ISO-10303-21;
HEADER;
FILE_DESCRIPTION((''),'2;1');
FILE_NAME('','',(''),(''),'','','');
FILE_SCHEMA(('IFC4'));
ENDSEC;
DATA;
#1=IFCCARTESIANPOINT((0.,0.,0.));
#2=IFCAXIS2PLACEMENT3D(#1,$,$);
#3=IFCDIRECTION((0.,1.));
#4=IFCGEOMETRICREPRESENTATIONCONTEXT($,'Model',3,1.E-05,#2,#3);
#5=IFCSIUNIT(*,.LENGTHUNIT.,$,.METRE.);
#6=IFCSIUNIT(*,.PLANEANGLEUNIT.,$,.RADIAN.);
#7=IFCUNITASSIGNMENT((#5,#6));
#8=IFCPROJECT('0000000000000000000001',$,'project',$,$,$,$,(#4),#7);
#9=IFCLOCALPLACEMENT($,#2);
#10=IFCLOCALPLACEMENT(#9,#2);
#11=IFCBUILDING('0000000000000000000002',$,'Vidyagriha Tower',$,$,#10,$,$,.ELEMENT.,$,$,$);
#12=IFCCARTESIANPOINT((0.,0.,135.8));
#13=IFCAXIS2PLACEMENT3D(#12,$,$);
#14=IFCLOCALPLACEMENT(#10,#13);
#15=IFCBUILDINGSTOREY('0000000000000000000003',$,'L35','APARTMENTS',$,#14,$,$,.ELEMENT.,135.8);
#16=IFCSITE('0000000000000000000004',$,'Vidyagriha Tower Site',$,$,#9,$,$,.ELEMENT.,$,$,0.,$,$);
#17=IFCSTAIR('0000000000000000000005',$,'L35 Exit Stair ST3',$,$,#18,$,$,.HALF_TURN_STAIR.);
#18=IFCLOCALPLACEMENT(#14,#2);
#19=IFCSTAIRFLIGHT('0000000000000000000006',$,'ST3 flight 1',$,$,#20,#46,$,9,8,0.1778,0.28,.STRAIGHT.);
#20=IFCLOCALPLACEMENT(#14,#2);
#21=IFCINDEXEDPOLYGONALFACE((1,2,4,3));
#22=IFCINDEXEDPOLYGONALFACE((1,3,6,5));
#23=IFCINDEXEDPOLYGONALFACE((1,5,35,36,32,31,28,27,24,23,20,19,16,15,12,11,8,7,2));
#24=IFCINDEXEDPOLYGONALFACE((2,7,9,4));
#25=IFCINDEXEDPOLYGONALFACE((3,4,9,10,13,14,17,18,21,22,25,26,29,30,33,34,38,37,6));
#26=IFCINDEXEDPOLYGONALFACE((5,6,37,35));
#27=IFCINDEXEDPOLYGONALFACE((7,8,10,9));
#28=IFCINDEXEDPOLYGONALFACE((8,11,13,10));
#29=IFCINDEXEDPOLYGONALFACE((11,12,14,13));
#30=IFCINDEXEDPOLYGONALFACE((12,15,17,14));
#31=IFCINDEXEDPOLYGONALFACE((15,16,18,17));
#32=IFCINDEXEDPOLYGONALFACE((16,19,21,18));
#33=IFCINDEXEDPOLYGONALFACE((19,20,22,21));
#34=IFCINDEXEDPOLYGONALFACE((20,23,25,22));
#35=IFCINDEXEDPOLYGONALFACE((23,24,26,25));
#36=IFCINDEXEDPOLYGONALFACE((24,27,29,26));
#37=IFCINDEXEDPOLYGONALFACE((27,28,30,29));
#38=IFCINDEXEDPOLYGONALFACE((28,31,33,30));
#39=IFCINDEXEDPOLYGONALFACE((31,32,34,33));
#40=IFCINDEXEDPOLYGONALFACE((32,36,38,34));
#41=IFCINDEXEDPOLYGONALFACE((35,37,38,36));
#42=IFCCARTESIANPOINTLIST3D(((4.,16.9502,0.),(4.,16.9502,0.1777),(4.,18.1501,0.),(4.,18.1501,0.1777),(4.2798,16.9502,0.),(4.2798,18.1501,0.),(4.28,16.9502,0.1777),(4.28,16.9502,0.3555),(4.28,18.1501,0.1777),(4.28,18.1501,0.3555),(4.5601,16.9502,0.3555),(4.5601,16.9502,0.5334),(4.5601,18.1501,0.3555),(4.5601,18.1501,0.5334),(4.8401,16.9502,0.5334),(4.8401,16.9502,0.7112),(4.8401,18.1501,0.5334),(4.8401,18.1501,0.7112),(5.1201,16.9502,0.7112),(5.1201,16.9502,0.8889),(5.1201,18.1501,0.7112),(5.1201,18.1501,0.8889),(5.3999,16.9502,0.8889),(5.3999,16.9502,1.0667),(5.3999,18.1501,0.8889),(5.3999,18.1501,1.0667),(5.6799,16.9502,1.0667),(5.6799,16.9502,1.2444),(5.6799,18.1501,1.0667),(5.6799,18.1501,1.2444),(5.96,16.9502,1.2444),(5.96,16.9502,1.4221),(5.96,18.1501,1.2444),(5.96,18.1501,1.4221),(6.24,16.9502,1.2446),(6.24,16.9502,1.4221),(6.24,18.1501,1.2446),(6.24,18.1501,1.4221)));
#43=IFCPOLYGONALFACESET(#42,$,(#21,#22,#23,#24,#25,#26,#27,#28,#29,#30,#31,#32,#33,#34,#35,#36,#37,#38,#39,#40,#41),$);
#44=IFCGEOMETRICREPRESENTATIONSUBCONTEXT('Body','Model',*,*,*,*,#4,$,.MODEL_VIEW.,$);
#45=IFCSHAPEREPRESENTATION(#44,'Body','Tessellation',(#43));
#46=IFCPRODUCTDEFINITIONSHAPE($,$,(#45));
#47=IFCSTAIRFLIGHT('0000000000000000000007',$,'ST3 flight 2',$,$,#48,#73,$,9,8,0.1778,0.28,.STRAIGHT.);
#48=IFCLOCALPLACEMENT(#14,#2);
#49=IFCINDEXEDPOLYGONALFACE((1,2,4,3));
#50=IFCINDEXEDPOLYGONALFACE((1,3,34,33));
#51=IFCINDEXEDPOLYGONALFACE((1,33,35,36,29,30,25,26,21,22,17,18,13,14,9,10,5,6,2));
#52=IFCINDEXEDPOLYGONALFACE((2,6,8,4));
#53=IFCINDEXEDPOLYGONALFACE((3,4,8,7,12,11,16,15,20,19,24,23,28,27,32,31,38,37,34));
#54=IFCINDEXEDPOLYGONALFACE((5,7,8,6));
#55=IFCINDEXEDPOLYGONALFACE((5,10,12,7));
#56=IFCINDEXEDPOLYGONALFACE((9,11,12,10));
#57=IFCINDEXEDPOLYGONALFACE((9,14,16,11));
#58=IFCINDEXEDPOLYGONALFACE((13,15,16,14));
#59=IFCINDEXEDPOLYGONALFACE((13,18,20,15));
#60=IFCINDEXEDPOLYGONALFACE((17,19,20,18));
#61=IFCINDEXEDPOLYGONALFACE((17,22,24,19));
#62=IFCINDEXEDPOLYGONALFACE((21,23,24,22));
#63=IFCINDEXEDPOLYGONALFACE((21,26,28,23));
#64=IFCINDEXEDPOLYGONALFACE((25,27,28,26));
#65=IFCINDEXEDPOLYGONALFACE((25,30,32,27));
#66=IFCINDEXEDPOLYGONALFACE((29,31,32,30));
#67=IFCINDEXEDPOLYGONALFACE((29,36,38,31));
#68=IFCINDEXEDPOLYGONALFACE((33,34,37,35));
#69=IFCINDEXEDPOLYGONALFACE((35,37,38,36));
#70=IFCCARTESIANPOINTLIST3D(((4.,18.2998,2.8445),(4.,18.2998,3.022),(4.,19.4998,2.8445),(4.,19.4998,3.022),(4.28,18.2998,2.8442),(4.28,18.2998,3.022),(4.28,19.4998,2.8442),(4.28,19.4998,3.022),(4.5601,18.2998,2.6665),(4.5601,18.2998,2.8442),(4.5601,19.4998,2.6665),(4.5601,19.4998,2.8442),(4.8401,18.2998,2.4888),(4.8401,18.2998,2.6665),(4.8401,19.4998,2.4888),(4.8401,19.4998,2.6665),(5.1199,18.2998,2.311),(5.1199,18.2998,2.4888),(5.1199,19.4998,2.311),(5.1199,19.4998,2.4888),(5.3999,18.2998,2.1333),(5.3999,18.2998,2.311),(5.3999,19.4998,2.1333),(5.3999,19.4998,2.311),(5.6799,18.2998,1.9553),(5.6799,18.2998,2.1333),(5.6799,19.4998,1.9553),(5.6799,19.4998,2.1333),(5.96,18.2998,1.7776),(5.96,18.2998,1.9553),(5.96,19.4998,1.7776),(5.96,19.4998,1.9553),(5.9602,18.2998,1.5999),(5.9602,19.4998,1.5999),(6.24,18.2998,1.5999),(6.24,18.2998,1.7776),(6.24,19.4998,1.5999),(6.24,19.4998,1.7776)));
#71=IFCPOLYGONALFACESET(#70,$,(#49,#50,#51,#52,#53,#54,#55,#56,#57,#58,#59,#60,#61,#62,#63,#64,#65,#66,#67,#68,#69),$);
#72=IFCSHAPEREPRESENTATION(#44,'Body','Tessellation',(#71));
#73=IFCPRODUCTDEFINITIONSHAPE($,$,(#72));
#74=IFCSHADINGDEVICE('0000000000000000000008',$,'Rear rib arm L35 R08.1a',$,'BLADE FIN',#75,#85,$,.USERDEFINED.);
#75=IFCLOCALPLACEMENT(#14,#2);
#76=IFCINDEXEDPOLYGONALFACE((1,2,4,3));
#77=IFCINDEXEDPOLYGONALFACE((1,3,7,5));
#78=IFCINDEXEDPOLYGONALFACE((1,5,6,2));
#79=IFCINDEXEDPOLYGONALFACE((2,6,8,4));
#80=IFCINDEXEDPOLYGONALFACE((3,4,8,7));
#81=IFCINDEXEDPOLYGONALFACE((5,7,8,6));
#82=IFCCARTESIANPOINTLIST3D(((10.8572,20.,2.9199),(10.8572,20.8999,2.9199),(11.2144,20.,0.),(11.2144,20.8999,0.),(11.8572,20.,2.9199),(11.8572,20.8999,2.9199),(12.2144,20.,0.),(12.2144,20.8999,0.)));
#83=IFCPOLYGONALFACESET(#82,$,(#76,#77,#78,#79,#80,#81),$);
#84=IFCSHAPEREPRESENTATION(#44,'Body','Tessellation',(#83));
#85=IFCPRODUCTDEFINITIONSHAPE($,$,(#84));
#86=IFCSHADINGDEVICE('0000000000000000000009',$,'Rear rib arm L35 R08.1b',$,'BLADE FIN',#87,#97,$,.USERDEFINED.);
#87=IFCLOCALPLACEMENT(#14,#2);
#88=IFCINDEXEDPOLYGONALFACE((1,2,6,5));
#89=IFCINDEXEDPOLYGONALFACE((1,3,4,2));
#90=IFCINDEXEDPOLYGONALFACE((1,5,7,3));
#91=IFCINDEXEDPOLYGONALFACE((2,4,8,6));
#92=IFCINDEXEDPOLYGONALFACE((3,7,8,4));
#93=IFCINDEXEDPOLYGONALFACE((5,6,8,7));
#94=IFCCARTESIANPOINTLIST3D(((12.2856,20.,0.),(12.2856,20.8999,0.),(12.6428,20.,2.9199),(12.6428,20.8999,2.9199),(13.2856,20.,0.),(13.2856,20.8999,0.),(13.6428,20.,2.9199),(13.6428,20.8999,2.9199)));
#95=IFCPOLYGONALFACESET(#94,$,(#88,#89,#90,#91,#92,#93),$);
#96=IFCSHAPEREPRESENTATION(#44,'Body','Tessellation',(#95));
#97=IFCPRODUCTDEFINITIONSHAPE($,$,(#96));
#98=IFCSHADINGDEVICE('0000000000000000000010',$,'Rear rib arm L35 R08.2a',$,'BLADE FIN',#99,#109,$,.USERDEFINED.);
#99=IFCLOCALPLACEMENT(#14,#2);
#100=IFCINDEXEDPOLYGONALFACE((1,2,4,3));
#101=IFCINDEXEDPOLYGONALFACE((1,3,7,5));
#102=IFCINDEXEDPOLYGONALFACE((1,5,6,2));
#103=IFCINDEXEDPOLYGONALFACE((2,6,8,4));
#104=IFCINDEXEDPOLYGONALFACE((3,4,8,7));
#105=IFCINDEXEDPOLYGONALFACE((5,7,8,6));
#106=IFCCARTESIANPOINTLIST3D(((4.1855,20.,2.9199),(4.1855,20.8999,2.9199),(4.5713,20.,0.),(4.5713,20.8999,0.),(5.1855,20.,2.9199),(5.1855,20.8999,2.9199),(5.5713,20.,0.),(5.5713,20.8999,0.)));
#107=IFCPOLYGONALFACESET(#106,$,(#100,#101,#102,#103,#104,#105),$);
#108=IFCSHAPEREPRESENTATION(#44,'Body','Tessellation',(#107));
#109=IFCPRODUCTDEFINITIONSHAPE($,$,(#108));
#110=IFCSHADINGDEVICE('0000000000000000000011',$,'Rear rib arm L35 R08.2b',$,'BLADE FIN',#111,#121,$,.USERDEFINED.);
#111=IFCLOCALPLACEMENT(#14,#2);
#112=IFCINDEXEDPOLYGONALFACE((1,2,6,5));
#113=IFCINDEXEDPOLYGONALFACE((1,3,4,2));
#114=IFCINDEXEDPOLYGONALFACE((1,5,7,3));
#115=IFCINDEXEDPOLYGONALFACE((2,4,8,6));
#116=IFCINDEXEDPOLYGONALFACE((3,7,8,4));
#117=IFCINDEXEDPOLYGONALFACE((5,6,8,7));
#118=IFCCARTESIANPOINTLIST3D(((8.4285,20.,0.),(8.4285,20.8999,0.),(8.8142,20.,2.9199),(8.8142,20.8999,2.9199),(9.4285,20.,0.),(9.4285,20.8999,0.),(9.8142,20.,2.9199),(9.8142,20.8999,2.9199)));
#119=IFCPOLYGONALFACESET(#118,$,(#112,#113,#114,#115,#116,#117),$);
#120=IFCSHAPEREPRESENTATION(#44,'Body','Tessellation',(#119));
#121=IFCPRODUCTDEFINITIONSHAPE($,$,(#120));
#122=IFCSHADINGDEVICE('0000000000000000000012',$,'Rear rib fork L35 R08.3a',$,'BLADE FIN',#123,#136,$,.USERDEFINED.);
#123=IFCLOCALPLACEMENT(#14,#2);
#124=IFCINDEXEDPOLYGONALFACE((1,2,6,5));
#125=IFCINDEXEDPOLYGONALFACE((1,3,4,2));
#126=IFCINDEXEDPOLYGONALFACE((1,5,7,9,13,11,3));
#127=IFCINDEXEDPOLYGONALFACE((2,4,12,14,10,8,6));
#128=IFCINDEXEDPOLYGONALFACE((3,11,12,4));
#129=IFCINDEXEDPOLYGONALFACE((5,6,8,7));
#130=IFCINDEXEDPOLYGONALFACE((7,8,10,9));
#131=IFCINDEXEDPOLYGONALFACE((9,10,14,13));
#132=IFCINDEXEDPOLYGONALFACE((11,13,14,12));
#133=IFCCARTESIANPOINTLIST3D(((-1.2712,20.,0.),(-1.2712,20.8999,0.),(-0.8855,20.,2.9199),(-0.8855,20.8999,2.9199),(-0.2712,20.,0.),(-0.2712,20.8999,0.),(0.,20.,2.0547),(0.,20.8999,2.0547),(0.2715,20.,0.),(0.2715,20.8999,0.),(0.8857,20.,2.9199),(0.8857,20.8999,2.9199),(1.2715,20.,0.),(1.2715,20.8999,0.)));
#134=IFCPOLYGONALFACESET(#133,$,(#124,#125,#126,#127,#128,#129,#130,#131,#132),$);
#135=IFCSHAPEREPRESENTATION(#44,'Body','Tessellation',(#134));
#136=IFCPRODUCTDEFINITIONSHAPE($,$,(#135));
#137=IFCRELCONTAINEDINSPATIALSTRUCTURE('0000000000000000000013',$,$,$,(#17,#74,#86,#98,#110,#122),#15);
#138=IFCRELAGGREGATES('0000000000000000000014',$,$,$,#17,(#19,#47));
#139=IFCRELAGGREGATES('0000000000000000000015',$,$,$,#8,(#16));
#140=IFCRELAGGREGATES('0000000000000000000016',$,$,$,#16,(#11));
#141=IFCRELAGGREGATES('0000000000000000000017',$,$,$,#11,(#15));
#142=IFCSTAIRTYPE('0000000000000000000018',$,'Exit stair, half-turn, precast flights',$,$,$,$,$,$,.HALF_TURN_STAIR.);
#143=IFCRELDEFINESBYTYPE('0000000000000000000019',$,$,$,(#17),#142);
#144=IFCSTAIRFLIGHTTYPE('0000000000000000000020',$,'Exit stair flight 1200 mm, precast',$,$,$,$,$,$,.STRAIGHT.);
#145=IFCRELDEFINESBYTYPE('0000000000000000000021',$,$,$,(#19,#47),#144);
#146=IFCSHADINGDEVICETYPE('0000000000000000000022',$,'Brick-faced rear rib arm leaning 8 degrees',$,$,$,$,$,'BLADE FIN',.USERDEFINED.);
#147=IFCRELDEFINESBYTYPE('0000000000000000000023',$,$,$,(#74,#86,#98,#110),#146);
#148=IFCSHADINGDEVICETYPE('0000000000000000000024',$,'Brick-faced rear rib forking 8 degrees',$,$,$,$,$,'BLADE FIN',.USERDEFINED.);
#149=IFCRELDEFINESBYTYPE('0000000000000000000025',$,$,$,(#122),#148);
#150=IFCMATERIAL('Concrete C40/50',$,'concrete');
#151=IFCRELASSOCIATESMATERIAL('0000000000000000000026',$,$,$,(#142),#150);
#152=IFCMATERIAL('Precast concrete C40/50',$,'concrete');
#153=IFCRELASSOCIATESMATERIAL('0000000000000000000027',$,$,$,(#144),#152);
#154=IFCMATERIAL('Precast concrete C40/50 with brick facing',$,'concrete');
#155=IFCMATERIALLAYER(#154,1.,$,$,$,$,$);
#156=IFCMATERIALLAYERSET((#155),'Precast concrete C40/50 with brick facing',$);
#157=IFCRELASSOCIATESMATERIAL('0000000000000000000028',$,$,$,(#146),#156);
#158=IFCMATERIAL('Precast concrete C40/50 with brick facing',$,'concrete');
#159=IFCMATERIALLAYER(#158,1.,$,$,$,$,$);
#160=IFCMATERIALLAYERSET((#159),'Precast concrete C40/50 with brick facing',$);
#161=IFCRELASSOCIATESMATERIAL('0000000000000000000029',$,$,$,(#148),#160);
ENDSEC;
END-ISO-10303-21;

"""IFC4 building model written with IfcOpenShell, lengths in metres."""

from ifc_helpers import new_model, si_unit, direction, frame, origin, place, context, subcontext, project, spatial, polyline, outline, extrude, material, layer, layer_set, type_object, element, aggregate, save


model = new_model("IFC4")

# Units and contexts
model_context = context("Model", 3, precision=1e-05, world=origin(), true_north=direction((0.0, 1.0)))
body_context = subcontext(model_context, "Body", "Model", "MODEL_VIEW")
ifc_project = project(units=[si_unit("LENGTHUNIT", "METRE"), si_unit("PLANEANGLEUNIT", "RADIAN")], contexts=[model_context])

# Site, building, storey
site_placement = place(None, origin())
site = spatial("IfcSite", under=ifc_project, at=site_placement, Name="Vidyagriha Tower Site", CompositionType="ELEMENT", RefElevation=0.0)
building_placement = place(site_placement, origin())
building = spatial("IfcBuilding", under=site, at=building_placement, Name="Vidyagriha Tower", CompositionType="ELEMENT")
storey_placement = place(building_placement, frame((0.0, 0.0, 135.8)))
storey = spatial("IfcBuildingStorey", under=building, at=storey_placement, Name="L35", Description="APARTMENTS", CompositionType="ELEMENT", Elevation=135.8)

# Shared definitions
ifc_material_1 = material(Name="Concrete C40/50", Category="concrete")
stair_type = type_object("IfcStairType", Name="Exit stair, half-turn, precast flights", PredefinedType="HALF_TURN_STAIR", material=ifc_material_1)
ifc_material_2 = material(Name="Precast concrete C40/50", Category="concrete")
stair_flight_type = type_object("IfcStairFlightType", Name="Exit stair flight 1200 mm, precast", PredefinedType="STRAIGHT", material=ifc_material_2)

# Stair, stair flights
stair_1_placement = place(storey_placement, origin())
stair_1 = element("IfcStair", 1, at=stair_1_placement, inside=storey, type_object=stair_type, Name="L35 Exit Stair ST3", PredefinedType="HALF_TURN_STAIR")
stair_flight_1_placement = place(storey_placement, frame((4.0, 17.55, 0.0)))
stair_flight_1 = element("IfcStairFlight", 2, at=stair_flight_1_placement, type_object=stair_flight_type, Name="ST3 flight 1", NumberOfRisers=9, NumberOfTreads=8, PredefinedType="STRAIGHT", RiserHeight=0.1778, TreadLength=0.28, context=body_context, shape_type="SweptSolid", body=[
    extrude(outline(polyline([(0.0, 0.0), (0.0, 0.1777), (0.28, 0.1777), (0.28, 0.3555), (0.5601, 0.3555), (0.5601, 0.5334), (0.8401, 0.5334), (0.8401, 0.7112), (1.1201, 0.7112), (1.1201, 0.8889), (1.3999, 0.8889), (1.3999, 1.0667), (1.6799, 1.0667), (1.6799, 1.2444), (1.96, 1.2444), (1.96, 1.4221), (2.24, 1.4221), (2.24, 1.6001), (2.24, 1.2446), (0.2798, 0.0), (0.0, 0.0)])), frame((0.0, 0.6001, 0.0), z_axis=(0.0, -1.0, 0.0), x_axis=(1.0, 0.0, 0.0)), (0.0, 0.0, 1.0), 1.2),
])
stair_flight_2_placement = place(storey_placement, frame((6.24, 18.8999, 1.5999), z_axis=(0.0, 0.0, 1.0), x_axis=(-1.0, 0.0, 0.0)))
stair_flight_2 = element("IfcStairFlight", 3, at=stair_flight_2_placement, type_object=stair_flight_type, Name="ST3 flight 2", NumberOfRisers=9, NumberOfTreads=8, PredefinedType="STRAIGHT", RiserHeight=0.1778, TreadLength=0.28, context=body_context, shape_type="SweptSolid", body=[
    extrude(outline(polyline([(0.0, 0.0), (0.0, 0.1777), (0.28, 0.1777), (0.28, 0.3555), (0.5601, 0.3555), (0.5601, 0.5334), (0.8401, 0.5334), (0.8401, 0.7112), (1.1201, 0.7112), (1.1201, 0.8889), (1.3999, 0.8889), (1.3999, 1.0667), (1.6799, 1.0667), (1.6799, 1.2444), (1.96, 1.2444), (1.96, 1.4221), (2.24, 1.4221), (2.24, 1.6001), (2.24, 1.2446), (0.2798, 0.0), (0.0, 0.0)])), frame((0.0, 0.6001, 0.0), z_axis=(0.0, -1.0, 0.0), x_axis=(1.0, 0.0, 0.0)), (0.0, 0.0, 1.0), 1.2),
])
aggregate(stair_1, [stair_flight_1, stair_flight_2])

# Shading devices
ifc_material_3 = material(Name="Precast concrete C40/50 with brick facing", Category="concrete")
ifc_layer_1 = layer(ifc_material_3, 1.0)
ifc_layer_set_1 = layer_set([ifc_layer_1], Name="Precast concrete C40/50 with brick facing")
shading_device_type_1 = type_object("IfcShadingDeviceType", Name="Brick-faced rear rib arm leaning 8 degrees", ElementType="BLADE FIN", PredefinedType="USERDEFINED", material=ifc_layer_set_1)
shading_device_1_placement = place(storey_placement, frame((12.2144, 20.45, 0.0), z_axis=(0.0, 0.0, 1.0), x_axis=(-1.0, 0.0, 0.0)))
element("IfcShadingDevice", 4, at=shading_device_1_placement, inside=storey, type_object=shading_device_type_1, Name="Rear rib arm L35 R08.1a", ObjectType="BLADE FIN", PredefinedType="USERDEFINED", context=body_context, shape_type="SweptSolid", body=[
    extrude(outline(polyline([(0.0, 0.0), (1.0, 0.0), (1.3572, 2.9199), (0.3572, 2.9199), (0.0, 0.0)])), frame((0.0, 0.45, 0.0), z_axis=(0.0, -1.0, 0.0), x_axis=(1.0, 0.0, 0.0)), (0.0, 0.0, 1.0), 0.8999),
])
shading_device_2_placement = place(storey_placement, frame((13.6428, 20.45, 0.0), z_axis=(0.0, 0.0, 1.0), x_axis=(-1.0, 0.0, 0.0)))
element("IfcShadingDevice", 5, at=shading_device_2_placement, inside=storey, type_object=shading_device_type_1, Name="Rear rib arm L35 R08.1b", ObjectType="BLADE FIN", PredefinedType="USERDEFINED", context=body_context, shape_type="SweptSolid", body=[
    extrude(outline(polyline([(0.3572, 0.0), (1.3572, 0.0), (1.0, 2.9199), (0.0, 2.9199), (0.3572, 0.0)])), frame((0.0, 0.45, 0.0), z_axis=(0.0, -1.0, 0.0), x_axis=(1.0, 0.0, 0.0)), (0.0, 0.0, 1.0), 0.8999),
])
shading_device_3_placement = place(storey_placement, frame((5.5713, 20.45, 0.0), z_axis=(0.0, 0.0, 1.0), x_axis=(-1.0, 0.0, 0.0)))
element("IfcShadingDevice", 6, at=shading_device_3_placement, inside=storey, type_object=shading_device_type_1, Name="Rear rib arm L35 R08.2a", ObjectType="BLADE FIN", PredefinedType="USERDEFINED", context=body_context, shape_type="SweptSolid", body=[
    extrude(outline(polyline([(0.0, 0.0), (1.0, 0.0), (1.3857, 2.9199), (0.3857, 2.9199), (0.0, 0.0)])), frame((0.0, 0.45, 0.0), z_axis=(0.0, -1.0, 0.0), x_axis=(1.0, 0.0, 0.0)), (0.0, 0.0, 1.0), 0.8999),
])
shading_device_4_placement = place(storey_placement, frame((9.8142, 20.45, 0.0), z_axis=(0.0, 0.0, 1.0), x_axis=(-1.0, 0.0, 0.0)))
element("IfcShadingDevice", 7, at=shading_device_4_placement, inside=storey, type_object=shading_device_type_1, Name="Rear rib arm L35 R08.2b", ObjectType="BLADE FIN", PredefinedType="USERDEFINED", context=body_context, shape_type="SweptSolid", body=[
    extrude(outline(polyline([(0.3857, 0.0), (1.3857, 0.0), (1.0, 2.9199), (0.0, 2.9199), (0.3857, 0.0)])), frame((0.0, 0.45, 0.0), z_axis=(0.0, -1.0, 0.0), x_axis=(1.0, 0.0, 0.0)), (0.0, 0.0, 1.0), 0.8999),
])
ifc_material_4 = material(Name="Precast concrete C40/50 with brick facing", Category="concrete")
ifc_layer_2 = layer(ifc_material_4, 1.0)
ifc_layer_set_2 = layer_set([ifc_layer_2], Name="Precast concrete C40/50 with brick facing")
shading_device_type_2 = type_object("IfcShadingDeviceType", Name="Brick-faced rear rib forking 8 degrees", ElementType="BLADE FIN", PredefinedType="USERDEFINED", material=ifc_layer_set_2)
shading_device_5_placement = place(storey_placement, frame((1.2715, 20.45, 0.0), z_axis=(0.0, 0.0, 1.0), x_axis=(-1.0, 0.0, 0.0)))
element("IfcShadingDevice", 8, at=shading_device_5_placement, inside=storey, type_object=shading_device_type_2, Name="Rear rib fork L35 R08.3a", ObjectType="BLADE FIN", PredefinedType="USERDEFINED", context=body_context, shape_type="SweptSolid", body=[
    extrude(outline(polyline([(1.0, 0.0), (1.2715, 2.0547), (1.5427, 0.0), (2.5427, 0.0), (2.157, 2.9199), (0.3857, 2.9199), (0.0, 0.0), (1.0, 0.0)])), frame((0.0, 0.45, 0.0), z_axis=(0.0, -1.0, 0.0), x_axis=(1.0, 0.0, 0.0)), (0.0, 0.0, 1.0), 0.8999),
])

save(model, "model.ifc")
